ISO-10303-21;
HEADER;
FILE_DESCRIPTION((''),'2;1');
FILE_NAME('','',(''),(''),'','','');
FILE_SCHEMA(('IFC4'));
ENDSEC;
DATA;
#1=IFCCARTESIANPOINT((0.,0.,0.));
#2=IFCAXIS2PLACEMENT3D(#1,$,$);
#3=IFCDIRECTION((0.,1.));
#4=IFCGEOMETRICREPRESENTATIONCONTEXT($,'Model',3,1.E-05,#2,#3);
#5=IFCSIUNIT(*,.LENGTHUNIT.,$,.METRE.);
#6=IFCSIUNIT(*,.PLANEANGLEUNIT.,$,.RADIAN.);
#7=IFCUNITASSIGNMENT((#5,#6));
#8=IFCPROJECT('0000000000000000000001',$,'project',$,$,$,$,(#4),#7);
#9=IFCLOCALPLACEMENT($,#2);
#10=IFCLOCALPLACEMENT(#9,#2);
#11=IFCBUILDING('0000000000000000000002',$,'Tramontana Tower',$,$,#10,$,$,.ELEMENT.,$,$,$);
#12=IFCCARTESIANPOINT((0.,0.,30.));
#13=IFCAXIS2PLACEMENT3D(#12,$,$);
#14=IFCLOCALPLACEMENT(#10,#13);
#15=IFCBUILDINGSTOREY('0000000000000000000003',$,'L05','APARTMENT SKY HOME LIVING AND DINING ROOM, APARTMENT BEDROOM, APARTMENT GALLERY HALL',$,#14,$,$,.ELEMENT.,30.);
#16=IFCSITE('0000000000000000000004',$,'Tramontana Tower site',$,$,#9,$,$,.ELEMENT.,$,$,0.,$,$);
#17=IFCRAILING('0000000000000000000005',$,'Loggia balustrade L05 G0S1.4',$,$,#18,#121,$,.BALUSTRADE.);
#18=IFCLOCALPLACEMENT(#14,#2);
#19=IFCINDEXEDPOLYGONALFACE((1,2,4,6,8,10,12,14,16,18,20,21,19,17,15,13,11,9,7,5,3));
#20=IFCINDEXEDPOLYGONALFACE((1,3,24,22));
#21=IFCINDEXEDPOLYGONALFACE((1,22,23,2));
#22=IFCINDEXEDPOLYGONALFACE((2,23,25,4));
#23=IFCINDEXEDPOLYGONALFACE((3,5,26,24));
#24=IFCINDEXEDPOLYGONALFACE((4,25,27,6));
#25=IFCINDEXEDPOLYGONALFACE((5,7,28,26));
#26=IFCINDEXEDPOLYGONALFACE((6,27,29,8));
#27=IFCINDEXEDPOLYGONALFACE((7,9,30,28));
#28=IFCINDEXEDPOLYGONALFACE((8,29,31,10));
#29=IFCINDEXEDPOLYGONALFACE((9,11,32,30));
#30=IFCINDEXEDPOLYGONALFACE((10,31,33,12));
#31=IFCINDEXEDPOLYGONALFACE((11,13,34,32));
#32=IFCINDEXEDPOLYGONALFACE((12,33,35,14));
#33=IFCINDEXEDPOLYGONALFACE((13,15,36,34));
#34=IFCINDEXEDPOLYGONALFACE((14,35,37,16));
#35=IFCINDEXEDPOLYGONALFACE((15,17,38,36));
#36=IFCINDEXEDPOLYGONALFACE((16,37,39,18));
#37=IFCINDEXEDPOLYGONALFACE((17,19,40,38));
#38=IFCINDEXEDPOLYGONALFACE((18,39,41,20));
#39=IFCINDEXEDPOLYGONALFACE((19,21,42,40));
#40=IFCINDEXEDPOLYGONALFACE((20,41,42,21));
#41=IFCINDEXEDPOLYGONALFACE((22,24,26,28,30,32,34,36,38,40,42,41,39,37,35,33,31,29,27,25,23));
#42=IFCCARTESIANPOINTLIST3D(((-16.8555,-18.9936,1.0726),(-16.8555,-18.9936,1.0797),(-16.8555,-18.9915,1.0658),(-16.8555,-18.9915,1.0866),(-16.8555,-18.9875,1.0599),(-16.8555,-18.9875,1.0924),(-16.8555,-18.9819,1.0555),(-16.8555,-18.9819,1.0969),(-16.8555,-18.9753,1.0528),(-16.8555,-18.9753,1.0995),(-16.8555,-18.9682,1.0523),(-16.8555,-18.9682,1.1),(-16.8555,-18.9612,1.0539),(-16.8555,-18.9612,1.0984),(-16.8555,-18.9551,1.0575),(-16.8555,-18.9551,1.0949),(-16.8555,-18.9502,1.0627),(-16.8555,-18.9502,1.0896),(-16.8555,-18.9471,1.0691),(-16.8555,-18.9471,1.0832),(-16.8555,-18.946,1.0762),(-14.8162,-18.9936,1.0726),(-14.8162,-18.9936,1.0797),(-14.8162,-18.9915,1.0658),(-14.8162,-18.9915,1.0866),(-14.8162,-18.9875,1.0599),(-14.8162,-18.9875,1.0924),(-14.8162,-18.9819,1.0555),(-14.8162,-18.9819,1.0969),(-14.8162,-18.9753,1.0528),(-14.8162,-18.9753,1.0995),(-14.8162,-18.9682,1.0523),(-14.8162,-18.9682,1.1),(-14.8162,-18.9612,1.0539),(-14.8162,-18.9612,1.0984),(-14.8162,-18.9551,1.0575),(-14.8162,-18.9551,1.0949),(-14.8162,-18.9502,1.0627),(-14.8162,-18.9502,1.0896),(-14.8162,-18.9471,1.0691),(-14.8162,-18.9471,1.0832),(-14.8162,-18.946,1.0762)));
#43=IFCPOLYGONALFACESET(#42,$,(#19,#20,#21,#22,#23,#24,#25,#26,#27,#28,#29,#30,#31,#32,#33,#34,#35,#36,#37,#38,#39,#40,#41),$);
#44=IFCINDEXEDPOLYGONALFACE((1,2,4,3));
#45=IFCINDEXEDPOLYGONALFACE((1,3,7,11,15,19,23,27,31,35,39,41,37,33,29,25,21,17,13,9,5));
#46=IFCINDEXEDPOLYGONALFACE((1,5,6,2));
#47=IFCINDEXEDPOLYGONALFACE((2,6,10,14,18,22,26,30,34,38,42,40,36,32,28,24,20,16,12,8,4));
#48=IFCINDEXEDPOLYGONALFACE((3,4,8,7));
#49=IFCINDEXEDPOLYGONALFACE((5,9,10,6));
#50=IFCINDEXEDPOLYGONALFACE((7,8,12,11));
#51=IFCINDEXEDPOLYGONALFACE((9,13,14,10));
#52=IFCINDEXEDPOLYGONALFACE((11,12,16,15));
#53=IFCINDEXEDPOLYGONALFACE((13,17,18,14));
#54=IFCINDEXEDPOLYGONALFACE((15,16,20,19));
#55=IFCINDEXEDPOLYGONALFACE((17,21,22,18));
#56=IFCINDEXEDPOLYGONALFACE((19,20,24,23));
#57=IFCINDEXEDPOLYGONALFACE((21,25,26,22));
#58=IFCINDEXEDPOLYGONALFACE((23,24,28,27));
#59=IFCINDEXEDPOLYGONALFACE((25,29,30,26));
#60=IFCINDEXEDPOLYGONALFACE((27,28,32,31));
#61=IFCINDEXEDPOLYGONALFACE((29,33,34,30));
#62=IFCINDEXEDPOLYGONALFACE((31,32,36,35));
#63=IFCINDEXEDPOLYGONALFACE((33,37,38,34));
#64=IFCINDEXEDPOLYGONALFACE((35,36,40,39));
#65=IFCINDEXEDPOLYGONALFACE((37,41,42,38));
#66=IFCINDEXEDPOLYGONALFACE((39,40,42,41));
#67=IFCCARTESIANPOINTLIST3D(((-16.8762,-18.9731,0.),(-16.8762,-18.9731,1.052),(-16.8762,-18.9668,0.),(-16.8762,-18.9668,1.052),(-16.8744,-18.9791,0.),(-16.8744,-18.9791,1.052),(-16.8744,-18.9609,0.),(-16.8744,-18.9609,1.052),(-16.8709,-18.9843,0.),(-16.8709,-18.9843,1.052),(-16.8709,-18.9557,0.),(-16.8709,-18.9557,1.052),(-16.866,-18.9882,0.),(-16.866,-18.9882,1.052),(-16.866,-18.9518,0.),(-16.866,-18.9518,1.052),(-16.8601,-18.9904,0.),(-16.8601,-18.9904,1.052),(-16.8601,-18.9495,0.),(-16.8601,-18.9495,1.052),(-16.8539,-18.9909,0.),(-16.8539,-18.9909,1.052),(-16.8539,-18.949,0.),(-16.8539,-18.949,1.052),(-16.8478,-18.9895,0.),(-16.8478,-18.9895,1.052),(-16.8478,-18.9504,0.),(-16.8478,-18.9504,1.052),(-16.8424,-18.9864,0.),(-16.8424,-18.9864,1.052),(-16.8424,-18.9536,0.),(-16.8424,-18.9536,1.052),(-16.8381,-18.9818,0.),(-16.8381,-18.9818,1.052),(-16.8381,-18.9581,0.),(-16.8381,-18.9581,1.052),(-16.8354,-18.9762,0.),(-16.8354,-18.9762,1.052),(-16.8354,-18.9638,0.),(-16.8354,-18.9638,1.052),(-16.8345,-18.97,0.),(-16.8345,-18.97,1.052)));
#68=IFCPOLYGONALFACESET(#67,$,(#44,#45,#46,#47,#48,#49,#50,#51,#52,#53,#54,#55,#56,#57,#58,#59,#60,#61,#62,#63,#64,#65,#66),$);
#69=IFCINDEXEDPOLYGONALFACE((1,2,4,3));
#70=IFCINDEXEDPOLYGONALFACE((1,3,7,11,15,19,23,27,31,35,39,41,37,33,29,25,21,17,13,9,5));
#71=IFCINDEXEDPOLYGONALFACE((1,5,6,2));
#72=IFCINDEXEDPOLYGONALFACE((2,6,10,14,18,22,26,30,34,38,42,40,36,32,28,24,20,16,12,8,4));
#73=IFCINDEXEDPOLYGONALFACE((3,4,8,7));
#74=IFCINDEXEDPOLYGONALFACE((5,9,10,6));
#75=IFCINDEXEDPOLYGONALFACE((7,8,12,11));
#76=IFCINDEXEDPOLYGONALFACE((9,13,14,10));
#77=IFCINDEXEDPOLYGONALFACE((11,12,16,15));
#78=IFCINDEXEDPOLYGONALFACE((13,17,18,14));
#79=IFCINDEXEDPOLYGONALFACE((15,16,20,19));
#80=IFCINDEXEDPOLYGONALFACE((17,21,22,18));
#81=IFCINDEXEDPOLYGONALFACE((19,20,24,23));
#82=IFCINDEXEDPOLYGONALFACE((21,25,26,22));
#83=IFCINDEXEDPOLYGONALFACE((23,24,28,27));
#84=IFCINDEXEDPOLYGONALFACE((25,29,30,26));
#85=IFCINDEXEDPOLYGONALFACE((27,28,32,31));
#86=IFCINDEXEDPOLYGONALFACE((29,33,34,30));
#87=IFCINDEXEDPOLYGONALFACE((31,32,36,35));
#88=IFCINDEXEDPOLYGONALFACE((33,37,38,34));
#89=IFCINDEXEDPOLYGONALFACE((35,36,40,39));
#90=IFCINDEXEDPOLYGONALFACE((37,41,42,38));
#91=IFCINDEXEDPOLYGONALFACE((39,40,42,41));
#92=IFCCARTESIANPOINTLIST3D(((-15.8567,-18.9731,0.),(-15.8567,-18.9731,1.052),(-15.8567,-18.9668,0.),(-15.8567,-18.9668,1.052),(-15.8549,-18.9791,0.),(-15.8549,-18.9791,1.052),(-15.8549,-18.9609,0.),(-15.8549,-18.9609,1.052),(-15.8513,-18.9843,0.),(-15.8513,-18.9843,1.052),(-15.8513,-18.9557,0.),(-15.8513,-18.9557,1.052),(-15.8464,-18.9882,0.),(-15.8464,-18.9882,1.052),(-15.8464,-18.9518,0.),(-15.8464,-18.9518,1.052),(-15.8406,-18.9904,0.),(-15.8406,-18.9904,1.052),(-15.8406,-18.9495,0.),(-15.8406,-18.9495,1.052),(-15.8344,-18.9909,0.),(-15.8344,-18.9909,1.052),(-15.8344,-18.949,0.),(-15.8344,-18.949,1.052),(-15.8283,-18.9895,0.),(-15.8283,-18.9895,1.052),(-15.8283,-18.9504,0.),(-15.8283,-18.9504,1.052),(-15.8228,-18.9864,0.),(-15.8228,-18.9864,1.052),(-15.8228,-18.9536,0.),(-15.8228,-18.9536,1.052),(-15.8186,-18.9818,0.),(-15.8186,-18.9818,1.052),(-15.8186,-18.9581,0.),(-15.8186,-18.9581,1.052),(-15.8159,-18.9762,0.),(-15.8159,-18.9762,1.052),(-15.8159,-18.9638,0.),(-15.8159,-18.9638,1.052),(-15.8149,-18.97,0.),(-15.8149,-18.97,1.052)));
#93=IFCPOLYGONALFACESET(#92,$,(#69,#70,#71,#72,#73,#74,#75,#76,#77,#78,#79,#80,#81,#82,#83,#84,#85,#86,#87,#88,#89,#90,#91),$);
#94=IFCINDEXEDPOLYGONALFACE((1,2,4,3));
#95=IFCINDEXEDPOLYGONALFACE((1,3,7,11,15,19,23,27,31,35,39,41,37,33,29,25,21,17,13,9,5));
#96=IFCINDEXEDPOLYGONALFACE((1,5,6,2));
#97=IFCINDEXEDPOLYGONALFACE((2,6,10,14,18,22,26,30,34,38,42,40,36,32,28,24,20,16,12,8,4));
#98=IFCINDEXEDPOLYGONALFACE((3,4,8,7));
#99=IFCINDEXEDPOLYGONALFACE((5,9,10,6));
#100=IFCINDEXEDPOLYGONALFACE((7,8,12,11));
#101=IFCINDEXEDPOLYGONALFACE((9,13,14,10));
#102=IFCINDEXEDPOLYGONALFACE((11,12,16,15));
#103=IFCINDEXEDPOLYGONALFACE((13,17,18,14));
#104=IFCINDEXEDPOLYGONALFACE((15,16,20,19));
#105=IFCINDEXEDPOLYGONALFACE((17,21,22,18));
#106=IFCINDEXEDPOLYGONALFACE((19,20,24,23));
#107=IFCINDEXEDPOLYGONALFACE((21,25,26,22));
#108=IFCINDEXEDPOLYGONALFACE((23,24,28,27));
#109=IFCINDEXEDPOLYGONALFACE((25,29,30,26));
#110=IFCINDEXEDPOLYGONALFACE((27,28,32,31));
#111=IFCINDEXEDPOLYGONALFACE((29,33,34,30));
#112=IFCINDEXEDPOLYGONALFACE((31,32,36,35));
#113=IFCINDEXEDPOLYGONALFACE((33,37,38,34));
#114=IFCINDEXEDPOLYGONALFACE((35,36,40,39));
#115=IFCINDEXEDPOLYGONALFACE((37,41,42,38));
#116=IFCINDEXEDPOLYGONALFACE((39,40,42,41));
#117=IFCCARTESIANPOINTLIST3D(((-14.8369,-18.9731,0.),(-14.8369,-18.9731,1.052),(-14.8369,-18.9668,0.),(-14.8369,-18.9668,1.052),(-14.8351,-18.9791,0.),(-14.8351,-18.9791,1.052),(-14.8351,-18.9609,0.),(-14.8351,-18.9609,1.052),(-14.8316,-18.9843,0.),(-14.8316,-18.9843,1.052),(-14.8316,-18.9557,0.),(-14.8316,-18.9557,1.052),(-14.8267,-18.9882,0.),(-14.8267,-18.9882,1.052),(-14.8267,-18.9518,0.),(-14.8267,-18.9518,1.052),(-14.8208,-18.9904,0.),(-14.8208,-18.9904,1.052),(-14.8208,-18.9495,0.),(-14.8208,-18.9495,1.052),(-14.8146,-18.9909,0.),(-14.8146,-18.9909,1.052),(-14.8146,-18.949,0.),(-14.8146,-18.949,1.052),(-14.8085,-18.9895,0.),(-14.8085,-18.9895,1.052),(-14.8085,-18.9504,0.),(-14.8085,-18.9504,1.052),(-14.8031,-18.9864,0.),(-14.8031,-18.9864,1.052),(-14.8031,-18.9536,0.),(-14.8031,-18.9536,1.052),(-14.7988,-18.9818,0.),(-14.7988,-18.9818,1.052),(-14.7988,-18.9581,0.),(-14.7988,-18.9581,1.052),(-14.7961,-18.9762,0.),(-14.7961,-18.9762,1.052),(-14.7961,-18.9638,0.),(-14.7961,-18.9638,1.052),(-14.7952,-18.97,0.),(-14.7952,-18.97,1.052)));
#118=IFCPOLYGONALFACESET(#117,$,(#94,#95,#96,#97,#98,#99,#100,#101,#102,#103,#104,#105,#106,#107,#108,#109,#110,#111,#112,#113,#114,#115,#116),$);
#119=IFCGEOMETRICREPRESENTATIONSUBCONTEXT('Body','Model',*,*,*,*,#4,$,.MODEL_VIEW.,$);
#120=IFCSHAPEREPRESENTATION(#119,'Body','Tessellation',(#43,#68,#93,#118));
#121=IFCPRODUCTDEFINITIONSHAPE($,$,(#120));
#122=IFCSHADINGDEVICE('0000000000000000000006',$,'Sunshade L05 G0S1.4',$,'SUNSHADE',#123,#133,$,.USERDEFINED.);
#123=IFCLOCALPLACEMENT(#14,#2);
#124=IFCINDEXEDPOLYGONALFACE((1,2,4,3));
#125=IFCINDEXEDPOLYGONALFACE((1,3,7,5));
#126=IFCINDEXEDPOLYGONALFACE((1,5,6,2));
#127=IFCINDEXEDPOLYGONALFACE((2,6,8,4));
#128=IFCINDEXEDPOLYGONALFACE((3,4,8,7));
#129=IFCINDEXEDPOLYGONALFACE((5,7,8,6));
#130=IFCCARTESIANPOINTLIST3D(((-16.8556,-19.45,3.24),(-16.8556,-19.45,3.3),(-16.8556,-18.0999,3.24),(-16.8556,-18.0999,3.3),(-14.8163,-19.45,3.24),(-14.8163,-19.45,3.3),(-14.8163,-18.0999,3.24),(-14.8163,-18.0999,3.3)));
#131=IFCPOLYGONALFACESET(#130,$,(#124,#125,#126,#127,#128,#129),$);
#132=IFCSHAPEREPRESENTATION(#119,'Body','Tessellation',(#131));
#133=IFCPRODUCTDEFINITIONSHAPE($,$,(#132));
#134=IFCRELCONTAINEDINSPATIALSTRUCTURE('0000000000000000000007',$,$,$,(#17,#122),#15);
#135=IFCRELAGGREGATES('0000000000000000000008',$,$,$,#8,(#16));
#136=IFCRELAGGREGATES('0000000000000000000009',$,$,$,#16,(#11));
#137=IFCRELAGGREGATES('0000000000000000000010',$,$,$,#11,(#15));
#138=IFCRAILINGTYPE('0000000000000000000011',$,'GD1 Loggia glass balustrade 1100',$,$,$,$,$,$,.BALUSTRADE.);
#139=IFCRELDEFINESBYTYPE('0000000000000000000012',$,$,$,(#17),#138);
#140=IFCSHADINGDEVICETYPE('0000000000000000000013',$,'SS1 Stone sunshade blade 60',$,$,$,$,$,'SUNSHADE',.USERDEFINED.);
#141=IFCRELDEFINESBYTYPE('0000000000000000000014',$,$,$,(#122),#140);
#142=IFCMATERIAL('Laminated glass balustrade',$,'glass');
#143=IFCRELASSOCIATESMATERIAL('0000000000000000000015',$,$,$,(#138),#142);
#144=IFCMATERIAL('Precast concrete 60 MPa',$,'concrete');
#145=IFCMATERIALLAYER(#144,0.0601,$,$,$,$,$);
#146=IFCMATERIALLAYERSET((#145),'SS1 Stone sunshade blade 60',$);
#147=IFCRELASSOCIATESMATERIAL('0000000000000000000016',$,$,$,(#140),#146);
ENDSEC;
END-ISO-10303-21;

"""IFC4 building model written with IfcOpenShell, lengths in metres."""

from ifc_helpers import new_model, si_unit, direction, frame, origin, origin_2d, place, context, subcontext, project, spatial, rectangle, circle, extrude, material, layer, layer_set, type_object, element, save


model = new_model("IFC4")

# Units and contexts
model_context = context("Model", 3, precision=1e-05, world=origin(), true_north=direction((0.0, 1.0)))
body_context = subcontext(model_context, "Body", "Model", "MODEL_VIEW")
ifc_project = project(units=[si_unit("LENGTHUNIT", "METRE"), si_unit("PLANEANGLEUNIT", "RADIAN")], contexts=[model_context])

# Site, building, storey
site_placement = place(None, origin())
site = spatial("IfcSite", under=ifc_project, at=site_placement, Name="Tramontana Tower site", CompositionType="ELEMENT", RefElevation=0.0)
building_placement = place(site_placement, origin())
building = spatial("IfcBuilding", under=site, at=building_placement, Name="Tramontana Tower", CompositionType="ELEMENT")
storey_placement = place(building_placement, frame((0.0, 0.0, 30.0)))
storey = spatial("IfcBuildingStorey", under=building, at=storey_placement, Name="L05", Description="APARTMENT SKY HOME LIVING AND DINING ROOM, APARTMENT BEDROOM, APARTMENT GALLERY HALL", CompositionType="ELEMENT", Elevation=30.0)

# Railing
ifc_material_1 = material(Name="Laminated glass balustrade", Category="glass")
railing_type = type_object("IfcRailingType", Name="GD1 Loggia glass balustrade 1100", PredefinedType="BALUSTRADE", material=ifc_material_1)
railing_placement = place(storey_placement, frame((-16.8555, -18.97, 0.0)))
element("IfcRailing", 1, at=railing_placement, inside=storey, type_object=railing_type, Name="Loggia balustrade L05 G0S1.4", PredefinedType="BALUSTRADE", context=body_context, shape_type="SweptSolid", body=[
    extrude(circle(Radius=0.0239, at=origin_2d()), frame((0.0, 0.0, 1.0762), z_axis=(1.0, 0.0, 0.0), x_axis=(0.0, 1.0, 0.0)), (0.0, 0.0, 1.0), 2.0393),
    extrude(circle(Radius=0.021, at=origin_2d()), origin(), (0.0, 0.0, 1.0), 1.052),
    extrude(circle(Radius=0.021, at=origin_2d()), frame((1.0195, 0.0, 0.0)), (0.0, 0.0, 1.0), 1.052),
    extrude(circle(Radius=0.021, at=origin_2d()), frame((2.0393, 0.0, 0.0)), (0.0, 0.0, 1.0), 1.052),
])

# Shading device
ifc_material_2 = material(Name="Precast concrete 60 MPa", Category="concrete")
ifc_layer_1 = layer(ifc_material_2, 0.0601)
ifc_layer_set_1 = layer_set([ifc_layer_1], Name="SS1 Stone sunshade blade 60")
shading_device_type = type_object("IfcShadingDeviceType", Name="SS1 Stone sunshade blade 60", ElementType="SUNSHADE", PredefinedType="USERDEFINED", material=ifc_layer_set_1)
shading_device_placement = place(storey_placement, frame((-15.8359, -18.7749, 3.24), z_axis=(0.0, 0.0, 1.0), x_axis=(1.0, 0.0, 0.0)))
element("IfcShadingDevice", 2, at=shading_device_placement, inside=storey, type_object=shading_device_type, Name="Sunshade L05 G0S1.4", ObjectType="SUNSHADE", PredefinedType="USERDEFINED", context=body_context, shape_type="SweptSolid", body=[
    extrude(rectangle(XDim=2.0393, YDim=1.3501, at=origin_2d()), origin(), (0.0, 0.0, 1.0), 0.0601),
])

save(model, "model.ifc")
